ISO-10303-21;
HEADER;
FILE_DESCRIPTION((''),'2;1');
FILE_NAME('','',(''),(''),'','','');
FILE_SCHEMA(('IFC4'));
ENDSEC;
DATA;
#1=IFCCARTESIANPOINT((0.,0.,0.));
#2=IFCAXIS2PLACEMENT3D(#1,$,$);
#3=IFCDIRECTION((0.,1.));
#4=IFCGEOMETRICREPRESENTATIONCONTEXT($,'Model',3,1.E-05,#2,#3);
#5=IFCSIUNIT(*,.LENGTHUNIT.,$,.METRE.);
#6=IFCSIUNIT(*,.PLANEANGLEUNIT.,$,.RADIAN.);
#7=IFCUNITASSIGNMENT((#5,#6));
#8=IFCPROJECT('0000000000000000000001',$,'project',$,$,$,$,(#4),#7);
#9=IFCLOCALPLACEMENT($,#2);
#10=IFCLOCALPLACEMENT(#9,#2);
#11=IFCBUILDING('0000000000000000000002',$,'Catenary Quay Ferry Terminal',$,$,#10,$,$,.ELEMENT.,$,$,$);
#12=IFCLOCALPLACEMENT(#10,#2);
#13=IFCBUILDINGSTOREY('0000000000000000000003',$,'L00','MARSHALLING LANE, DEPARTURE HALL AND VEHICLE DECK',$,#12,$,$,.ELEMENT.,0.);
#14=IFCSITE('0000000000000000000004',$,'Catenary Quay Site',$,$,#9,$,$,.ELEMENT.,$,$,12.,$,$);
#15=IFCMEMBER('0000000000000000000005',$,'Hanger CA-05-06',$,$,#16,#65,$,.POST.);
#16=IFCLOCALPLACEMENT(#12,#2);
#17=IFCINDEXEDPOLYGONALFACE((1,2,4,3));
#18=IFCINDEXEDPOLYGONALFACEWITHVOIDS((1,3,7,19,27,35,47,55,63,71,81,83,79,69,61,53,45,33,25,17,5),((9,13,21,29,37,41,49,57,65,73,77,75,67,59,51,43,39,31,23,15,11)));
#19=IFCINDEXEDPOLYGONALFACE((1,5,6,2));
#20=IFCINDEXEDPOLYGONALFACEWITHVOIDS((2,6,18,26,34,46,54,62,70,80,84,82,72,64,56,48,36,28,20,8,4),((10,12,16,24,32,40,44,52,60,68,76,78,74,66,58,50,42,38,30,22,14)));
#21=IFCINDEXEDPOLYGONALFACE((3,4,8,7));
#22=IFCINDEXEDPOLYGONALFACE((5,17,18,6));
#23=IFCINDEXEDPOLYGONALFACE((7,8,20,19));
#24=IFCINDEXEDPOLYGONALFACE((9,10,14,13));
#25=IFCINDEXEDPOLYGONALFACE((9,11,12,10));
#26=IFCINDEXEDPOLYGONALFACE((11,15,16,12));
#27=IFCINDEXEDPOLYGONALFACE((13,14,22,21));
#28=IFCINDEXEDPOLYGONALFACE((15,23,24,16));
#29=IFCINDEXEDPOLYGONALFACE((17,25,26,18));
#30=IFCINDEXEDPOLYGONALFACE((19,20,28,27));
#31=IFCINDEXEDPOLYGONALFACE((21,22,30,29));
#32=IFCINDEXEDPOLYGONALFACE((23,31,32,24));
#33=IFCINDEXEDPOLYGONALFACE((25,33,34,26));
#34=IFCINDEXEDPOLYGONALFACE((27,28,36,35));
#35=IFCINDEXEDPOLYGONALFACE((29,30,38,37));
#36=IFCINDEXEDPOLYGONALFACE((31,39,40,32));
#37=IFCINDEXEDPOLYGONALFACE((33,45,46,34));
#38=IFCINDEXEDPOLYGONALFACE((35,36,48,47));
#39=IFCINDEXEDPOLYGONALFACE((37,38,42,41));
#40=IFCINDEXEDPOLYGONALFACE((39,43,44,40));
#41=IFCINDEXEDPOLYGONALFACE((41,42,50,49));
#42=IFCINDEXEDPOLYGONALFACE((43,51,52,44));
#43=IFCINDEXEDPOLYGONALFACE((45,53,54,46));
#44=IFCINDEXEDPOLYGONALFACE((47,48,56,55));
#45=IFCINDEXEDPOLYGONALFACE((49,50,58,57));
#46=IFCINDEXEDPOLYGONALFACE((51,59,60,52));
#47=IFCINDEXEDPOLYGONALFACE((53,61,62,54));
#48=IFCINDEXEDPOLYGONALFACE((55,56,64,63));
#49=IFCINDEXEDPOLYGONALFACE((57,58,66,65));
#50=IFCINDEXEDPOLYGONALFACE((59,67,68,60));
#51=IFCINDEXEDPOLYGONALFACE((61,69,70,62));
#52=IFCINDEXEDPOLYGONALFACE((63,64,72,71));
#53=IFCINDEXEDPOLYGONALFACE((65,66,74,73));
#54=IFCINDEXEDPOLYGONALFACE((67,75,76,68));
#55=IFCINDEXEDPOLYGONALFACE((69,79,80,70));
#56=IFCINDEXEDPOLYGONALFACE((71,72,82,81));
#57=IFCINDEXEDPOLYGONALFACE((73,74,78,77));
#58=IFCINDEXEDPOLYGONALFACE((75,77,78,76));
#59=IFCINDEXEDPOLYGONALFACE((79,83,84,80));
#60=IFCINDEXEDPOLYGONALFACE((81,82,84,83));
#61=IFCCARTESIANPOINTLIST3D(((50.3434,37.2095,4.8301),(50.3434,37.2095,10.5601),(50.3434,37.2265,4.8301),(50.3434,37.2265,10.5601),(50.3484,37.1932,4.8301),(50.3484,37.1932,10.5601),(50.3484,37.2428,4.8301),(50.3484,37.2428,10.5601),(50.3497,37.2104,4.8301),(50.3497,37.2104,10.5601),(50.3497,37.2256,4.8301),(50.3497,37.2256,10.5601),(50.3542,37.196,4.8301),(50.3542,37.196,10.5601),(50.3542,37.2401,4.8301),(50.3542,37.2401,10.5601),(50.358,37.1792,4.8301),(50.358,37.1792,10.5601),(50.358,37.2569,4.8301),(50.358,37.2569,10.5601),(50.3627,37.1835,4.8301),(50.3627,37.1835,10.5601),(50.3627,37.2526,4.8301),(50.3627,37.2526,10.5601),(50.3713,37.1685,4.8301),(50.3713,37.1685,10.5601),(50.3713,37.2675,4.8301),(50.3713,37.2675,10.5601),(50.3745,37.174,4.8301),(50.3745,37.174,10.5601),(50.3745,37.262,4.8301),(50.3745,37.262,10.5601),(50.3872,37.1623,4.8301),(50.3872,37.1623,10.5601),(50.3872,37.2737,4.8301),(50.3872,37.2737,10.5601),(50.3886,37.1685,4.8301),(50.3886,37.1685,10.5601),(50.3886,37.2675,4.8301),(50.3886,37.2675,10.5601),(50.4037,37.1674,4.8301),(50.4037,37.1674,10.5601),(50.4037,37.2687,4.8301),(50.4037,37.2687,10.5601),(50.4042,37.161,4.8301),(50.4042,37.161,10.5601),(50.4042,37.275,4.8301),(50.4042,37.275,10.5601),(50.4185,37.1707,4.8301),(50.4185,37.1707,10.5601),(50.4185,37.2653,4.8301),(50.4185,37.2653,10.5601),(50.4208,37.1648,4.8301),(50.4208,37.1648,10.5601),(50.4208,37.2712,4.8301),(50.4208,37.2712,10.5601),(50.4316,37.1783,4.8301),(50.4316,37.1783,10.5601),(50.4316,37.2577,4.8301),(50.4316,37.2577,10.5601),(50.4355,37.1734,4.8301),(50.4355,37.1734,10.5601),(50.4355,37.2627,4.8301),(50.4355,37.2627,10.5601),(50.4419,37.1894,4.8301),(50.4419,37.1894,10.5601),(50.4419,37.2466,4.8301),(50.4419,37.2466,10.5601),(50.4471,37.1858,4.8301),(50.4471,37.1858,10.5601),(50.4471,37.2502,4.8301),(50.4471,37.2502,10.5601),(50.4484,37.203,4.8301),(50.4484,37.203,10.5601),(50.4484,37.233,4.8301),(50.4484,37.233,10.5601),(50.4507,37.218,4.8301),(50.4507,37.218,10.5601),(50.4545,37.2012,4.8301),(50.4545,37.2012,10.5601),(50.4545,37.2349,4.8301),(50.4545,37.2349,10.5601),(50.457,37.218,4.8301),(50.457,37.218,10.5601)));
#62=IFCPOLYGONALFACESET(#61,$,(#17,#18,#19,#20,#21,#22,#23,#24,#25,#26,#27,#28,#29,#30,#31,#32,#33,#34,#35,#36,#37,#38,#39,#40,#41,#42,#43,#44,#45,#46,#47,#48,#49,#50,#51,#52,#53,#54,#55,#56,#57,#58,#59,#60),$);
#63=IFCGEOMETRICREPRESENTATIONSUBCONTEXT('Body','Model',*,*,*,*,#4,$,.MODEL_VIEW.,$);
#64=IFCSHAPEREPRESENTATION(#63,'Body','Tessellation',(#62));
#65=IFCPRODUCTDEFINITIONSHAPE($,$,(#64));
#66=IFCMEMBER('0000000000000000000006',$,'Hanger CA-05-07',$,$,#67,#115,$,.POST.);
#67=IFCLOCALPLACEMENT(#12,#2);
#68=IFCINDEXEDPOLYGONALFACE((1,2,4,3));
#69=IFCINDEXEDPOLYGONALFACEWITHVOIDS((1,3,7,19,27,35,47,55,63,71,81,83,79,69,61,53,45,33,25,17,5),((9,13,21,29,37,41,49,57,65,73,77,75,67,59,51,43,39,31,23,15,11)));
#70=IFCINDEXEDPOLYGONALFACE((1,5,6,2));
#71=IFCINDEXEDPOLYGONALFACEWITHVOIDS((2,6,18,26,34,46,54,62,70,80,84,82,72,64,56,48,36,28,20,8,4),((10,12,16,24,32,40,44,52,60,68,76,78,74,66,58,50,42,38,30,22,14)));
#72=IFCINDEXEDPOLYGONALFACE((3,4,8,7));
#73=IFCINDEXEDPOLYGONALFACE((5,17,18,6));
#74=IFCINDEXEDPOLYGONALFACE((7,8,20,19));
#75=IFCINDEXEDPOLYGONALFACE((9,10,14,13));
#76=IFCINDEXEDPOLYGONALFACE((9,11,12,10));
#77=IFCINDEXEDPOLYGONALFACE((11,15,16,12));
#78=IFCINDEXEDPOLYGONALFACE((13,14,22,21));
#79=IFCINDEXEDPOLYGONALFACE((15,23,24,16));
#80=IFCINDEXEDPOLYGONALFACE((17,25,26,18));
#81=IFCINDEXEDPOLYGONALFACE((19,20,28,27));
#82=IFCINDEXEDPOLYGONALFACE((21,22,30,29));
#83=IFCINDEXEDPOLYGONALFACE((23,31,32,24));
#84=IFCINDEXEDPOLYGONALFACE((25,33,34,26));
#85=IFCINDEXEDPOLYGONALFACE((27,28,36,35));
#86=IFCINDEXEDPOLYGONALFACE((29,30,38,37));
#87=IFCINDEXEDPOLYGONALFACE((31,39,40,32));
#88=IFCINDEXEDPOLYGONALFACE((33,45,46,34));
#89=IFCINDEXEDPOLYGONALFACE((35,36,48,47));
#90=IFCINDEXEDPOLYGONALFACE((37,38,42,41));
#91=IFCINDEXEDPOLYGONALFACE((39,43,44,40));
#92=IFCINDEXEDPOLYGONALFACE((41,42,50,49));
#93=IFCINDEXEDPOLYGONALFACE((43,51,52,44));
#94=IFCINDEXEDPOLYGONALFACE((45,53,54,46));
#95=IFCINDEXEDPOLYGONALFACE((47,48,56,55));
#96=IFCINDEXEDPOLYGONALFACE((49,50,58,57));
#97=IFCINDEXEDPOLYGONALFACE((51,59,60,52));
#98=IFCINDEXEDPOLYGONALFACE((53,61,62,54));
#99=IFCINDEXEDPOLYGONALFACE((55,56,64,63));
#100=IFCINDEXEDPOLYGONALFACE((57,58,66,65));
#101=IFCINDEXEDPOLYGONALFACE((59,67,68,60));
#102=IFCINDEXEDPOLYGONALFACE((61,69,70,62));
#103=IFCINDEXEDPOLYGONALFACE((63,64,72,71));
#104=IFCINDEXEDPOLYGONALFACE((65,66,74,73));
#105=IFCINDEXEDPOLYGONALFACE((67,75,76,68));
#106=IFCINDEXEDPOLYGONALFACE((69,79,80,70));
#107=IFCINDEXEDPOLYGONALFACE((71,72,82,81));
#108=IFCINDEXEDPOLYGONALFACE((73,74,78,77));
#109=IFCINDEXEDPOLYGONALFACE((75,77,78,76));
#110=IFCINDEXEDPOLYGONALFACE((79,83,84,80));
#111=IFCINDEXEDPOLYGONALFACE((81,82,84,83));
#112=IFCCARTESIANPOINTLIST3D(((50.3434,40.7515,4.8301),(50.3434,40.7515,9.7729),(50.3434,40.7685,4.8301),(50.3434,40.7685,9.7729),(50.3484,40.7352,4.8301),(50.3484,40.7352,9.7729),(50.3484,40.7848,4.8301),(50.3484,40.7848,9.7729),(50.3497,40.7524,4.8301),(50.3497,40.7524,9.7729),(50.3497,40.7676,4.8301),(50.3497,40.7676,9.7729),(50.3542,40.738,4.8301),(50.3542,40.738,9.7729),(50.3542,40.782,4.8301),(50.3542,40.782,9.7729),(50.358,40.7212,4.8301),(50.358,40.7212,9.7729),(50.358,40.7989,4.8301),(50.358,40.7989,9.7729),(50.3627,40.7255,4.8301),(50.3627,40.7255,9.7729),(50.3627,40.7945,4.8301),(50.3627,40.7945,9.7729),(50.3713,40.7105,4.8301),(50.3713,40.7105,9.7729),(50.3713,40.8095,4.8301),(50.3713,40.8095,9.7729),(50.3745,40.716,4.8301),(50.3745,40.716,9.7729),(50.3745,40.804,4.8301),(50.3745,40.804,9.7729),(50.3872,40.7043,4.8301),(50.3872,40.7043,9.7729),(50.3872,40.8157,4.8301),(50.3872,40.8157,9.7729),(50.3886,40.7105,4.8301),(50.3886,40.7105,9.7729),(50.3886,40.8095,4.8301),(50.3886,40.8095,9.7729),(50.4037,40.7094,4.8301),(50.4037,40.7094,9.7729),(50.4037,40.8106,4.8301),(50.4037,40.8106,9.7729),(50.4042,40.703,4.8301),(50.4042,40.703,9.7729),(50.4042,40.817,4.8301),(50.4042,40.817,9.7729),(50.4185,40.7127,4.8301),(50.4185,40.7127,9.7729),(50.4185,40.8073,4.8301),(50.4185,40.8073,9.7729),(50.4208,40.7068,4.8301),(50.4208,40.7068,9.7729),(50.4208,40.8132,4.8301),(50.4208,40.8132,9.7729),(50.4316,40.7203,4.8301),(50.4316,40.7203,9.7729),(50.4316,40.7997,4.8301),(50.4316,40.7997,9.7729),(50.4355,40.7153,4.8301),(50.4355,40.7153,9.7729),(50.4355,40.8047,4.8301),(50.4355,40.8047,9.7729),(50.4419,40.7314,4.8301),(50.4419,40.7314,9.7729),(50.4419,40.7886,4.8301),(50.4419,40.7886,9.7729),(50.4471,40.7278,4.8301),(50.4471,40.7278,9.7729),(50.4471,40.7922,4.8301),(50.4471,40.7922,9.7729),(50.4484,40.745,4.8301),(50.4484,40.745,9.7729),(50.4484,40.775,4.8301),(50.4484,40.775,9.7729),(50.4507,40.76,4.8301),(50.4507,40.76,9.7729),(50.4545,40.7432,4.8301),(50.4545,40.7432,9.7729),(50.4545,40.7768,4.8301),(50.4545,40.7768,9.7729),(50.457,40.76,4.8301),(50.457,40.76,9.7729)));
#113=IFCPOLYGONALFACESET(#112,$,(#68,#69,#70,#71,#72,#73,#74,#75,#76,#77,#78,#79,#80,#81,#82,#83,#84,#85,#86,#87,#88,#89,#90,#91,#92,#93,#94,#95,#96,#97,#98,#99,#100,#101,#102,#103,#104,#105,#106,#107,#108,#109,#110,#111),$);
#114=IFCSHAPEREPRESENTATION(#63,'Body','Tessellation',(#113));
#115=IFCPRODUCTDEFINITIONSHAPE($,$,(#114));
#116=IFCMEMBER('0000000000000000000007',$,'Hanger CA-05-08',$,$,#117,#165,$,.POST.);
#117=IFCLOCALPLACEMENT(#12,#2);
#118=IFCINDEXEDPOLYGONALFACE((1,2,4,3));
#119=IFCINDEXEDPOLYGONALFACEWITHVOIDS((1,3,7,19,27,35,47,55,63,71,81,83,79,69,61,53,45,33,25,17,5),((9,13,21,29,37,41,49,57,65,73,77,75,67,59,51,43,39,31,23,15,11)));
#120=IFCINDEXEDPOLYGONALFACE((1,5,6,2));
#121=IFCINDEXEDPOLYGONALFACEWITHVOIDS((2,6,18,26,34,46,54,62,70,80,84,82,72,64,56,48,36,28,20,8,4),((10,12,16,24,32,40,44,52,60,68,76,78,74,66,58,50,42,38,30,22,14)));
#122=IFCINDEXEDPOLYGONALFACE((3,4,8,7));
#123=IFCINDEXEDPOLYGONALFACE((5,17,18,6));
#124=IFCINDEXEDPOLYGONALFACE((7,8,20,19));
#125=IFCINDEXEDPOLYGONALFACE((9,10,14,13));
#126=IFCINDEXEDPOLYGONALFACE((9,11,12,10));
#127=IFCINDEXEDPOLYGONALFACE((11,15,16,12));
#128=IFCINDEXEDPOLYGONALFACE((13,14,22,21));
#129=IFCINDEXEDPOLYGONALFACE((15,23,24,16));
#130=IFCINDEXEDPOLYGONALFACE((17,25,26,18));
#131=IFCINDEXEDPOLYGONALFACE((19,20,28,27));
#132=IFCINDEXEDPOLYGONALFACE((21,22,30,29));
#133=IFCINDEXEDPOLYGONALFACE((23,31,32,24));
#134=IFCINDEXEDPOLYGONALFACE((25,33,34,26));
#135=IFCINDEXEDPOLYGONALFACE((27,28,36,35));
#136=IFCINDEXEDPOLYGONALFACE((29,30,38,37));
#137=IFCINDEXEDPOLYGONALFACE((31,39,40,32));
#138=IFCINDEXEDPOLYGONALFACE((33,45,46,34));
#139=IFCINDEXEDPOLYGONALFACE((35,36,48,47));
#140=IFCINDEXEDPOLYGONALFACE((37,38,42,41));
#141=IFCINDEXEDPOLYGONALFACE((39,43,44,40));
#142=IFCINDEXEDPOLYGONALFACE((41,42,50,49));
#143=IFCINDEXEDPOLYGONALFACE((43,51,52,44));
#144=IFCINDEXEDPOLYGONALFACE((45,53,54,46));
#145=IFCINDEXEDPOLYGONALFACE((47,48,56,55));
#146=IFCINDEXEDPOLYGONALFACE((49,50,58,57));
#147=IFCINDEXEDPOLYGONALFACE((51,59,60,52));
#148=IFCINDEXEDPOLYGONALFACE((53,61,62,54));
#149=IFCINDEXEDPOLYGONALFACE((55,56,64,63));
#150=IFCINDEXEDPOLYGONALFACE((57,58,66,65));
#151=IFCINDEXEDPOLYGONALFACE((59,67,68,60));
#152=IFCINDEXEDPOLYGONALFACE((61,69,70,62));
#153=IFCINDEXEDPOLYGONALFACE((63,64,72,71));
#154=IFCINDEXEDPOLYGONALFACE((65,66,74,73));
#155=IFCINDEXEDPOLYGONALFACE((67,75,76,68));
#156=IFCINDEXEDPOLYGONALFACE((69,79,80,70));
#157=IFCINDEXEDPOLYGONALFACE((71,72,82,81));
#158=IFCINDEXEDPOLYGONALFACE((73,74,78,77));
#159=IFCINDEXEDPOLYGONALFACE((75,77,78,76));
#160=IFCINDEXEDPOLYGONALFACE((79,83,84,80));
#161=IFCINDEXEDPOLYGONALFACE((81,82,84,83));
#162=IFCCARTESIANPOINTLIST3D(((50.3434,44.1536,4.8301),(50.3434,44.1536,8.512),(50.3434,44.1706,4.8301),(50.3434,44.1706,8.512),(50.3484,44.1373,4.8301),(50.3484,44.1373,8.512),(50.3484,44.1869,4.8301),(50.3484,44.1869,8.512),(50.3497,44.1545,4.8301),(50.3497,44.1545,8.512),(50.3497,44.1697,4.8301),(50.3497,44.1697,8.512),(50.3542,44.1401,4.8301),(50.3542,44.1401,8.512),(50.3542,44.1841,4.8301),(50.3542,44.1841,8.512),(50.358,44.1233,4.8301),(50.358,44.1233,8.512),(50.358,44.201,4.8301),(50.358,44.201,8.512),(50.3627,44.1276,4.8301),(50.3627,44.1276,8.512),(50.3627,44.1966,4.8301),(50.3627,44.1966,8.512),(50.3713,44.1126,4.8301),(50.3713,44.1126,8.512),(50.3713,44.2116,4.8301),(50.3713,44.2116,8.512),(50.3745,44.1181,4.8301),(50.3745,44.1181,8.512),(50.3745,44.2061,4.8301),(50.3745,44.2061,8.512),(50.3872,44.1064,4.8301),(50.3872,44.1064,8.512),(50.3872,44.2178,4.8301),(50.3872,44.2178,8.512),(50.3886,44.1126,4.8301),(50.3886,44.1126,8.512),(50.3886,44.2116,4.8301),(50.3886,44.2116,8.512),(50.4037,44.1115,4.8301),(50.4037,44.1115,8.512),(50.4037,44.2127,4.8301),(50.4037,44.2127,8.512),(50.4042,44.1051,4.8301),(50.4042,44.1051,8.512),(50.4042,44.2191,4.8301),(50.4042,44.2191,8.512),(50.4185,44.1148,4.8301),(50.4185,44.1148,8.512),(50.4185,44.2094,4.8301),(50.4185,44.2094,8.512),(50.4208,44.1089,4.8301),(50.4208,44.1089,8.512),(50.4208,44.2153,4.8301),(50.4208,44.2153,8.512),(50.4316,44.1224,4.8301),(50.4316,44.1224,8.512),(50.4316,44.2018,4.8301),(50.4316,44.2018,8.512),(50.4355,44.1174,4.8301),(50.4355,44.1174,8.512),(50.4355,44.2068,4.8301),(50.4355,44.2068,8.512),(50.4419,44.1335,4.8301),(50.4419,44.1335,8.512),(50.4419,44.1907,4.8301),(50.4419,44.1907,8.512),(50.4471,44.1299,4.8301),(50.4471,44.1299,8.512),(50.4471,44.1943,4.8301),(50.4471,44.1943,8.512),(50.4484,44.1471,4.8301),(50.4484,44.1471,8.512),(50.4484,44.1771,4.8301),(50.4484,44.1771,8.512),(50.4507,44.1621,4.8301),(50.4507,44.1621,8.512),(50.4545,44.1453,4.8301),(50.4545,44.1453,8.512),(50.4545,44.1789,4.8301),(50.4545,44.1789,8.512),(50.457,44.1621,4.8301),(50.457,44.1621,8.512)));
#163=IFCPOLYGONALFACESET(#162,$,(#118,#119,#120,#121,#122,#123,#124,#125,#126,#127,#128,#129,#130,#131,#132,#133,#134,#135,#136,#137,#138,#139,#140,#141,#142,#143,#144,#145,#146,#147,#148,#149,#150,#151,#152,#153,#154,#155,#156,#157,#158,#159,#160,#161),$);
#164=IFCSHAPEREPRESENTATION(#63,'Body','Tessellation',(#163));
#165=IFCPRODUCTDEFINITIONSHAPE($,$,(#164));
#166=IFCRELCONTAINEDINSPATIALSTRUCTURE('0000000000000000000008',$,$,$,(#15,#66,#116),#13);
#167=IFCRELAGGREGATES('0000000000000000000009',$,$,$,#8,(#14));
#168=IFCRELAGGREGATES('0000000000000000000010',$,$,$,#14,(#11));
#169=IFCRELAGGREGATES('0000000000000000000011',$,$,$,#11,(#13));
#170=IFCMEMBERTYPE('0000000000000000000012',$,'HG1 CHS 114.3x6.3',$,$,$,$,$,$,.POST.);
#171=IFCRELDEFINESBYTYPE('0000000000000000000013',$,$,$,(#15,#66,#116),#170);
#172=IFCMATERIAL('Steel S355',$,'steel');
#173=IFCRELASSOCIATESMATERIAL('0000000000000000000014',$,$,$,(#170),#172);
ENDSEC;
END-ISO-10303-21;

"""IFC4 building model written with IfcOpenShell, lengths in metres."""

from ifc_helpers import new_model, si_unit, direction, frame, origin, origin_2d, place, context, subcontext, project, spatial, hollow_circle, extrude, material, material_profile, profile_set, type_object, element, save


model = new_model("IFC4")

# Units and contexts
model_context = context("Model", 3, precision=1e-05, world=origin(), true_north=direction((0.0, 1.0)))
body_context = subcontext(model_context, "Body", "Model", "MODEL_VIEW")
ifc_project = project(units=[si_unit("LENGTHUNIT", "METRE"), si_unit("PLANEANGLEUNIT", "RADIAN")], contexts=[model_context])

# Site, building, storey
site_placement = place(None, origin())
site = spatial("IfcSite", under=ifc_project, at=site_placement, Name="Catenary Quay Site", CompositionType="ELEMENT", RefElevation=12.0)
building_placement = place(site_placement, origin())
building = spatial("IfcBuilding", under=site, at=building_placement, Name="Catenary Quay Ferry Terminal", CompositionType="ELEMENT")
storey_placement = place(building_placement, origin())
storey = spatial("IfcBuildingStorey", under=building, at=storey_placement, Name="L00", Description="MARSHALLING LANE, DEPARTURE HALL AND VEHICLE DECK", CompositionType="ELEMENT", Elevation=0.0)

# Members
ifc_material_1 = material(Name="Steel S355", Category="steel")
ifc_material_profile_1 = material_profile(ifc_material_1, hollow_circle(Radius=0.0571, WallThickness=0.0063, at=origin_2d()), Name="CHS 114.3x6.3")
ifc_profile_set_1 = profile_set([ifc_material_profile_1], Name="Steel S355")
member_type_1 = type_object("IfcMemberType", Name="HG1 CHS 114.3x6.3", PredefinedType="POST", material=ifc_profile_set_1)
member_1_placement = place(storey_placement, frame((50.3999, 37.218, 4.8301), z_axis=(0.0, 0.0, 1.0), x_axis=(1.0, 0.0, 0.0)))
element("IfcMember", 1, at=member_1_placement, inside=storey, type_object=member_type_1, Name="Hanger CA-05-06", PredefinedType="POST", context=body_context, shape_type="SweptSolid", body=[
    extrude(hollow_circle(Radius=0.0571, WallThickness=0.0063, at=origin_2d()), origin(), (0.0, 0.0, 1.0), 5.73),
])
member_2_placement = place(storey_placement, frame((50.3999, 40.76, 4.8301), z_axis=(0.0, 0.0, 1.0), x_axis=(1.0, 0.0, 0.0)))
element("IfcMember", 2, at=member_2_placement, inside=storey, type_object=member_type_1, Name="Hanger CA-05-07", PredefinedType="POST", context=body_context, shape_type="SweptSolid", body=[
    extrude(hollow_circle(Radius=0.0571, WallThickness=0.0063, at=origin_2d()), origin(), (0.0, 0.0, 1.0), 4.9429),
])
member_3_placement = place(storey_placement, frame((50.3999, 44.1621, 4.8301), z_axis=(0.0, 0.0, 1.0), x_axis=(1.0, 0.0, 0.0)))
element("IfcMember", 3, at=member_3_placement, inside=storey, type_object=member_type_1, Name="Hanger CA-05-08", PredefinedType="POST", context=body_context, shape_type="SweptSolid", body=[
    extrude(hollow_circle(Radius=0.0571, WallThickness=0.0063, at=origin_2d()), origin(), (0.0, 0.0, 1.0), 3.6819),
])

save(model, "model.ifc")
